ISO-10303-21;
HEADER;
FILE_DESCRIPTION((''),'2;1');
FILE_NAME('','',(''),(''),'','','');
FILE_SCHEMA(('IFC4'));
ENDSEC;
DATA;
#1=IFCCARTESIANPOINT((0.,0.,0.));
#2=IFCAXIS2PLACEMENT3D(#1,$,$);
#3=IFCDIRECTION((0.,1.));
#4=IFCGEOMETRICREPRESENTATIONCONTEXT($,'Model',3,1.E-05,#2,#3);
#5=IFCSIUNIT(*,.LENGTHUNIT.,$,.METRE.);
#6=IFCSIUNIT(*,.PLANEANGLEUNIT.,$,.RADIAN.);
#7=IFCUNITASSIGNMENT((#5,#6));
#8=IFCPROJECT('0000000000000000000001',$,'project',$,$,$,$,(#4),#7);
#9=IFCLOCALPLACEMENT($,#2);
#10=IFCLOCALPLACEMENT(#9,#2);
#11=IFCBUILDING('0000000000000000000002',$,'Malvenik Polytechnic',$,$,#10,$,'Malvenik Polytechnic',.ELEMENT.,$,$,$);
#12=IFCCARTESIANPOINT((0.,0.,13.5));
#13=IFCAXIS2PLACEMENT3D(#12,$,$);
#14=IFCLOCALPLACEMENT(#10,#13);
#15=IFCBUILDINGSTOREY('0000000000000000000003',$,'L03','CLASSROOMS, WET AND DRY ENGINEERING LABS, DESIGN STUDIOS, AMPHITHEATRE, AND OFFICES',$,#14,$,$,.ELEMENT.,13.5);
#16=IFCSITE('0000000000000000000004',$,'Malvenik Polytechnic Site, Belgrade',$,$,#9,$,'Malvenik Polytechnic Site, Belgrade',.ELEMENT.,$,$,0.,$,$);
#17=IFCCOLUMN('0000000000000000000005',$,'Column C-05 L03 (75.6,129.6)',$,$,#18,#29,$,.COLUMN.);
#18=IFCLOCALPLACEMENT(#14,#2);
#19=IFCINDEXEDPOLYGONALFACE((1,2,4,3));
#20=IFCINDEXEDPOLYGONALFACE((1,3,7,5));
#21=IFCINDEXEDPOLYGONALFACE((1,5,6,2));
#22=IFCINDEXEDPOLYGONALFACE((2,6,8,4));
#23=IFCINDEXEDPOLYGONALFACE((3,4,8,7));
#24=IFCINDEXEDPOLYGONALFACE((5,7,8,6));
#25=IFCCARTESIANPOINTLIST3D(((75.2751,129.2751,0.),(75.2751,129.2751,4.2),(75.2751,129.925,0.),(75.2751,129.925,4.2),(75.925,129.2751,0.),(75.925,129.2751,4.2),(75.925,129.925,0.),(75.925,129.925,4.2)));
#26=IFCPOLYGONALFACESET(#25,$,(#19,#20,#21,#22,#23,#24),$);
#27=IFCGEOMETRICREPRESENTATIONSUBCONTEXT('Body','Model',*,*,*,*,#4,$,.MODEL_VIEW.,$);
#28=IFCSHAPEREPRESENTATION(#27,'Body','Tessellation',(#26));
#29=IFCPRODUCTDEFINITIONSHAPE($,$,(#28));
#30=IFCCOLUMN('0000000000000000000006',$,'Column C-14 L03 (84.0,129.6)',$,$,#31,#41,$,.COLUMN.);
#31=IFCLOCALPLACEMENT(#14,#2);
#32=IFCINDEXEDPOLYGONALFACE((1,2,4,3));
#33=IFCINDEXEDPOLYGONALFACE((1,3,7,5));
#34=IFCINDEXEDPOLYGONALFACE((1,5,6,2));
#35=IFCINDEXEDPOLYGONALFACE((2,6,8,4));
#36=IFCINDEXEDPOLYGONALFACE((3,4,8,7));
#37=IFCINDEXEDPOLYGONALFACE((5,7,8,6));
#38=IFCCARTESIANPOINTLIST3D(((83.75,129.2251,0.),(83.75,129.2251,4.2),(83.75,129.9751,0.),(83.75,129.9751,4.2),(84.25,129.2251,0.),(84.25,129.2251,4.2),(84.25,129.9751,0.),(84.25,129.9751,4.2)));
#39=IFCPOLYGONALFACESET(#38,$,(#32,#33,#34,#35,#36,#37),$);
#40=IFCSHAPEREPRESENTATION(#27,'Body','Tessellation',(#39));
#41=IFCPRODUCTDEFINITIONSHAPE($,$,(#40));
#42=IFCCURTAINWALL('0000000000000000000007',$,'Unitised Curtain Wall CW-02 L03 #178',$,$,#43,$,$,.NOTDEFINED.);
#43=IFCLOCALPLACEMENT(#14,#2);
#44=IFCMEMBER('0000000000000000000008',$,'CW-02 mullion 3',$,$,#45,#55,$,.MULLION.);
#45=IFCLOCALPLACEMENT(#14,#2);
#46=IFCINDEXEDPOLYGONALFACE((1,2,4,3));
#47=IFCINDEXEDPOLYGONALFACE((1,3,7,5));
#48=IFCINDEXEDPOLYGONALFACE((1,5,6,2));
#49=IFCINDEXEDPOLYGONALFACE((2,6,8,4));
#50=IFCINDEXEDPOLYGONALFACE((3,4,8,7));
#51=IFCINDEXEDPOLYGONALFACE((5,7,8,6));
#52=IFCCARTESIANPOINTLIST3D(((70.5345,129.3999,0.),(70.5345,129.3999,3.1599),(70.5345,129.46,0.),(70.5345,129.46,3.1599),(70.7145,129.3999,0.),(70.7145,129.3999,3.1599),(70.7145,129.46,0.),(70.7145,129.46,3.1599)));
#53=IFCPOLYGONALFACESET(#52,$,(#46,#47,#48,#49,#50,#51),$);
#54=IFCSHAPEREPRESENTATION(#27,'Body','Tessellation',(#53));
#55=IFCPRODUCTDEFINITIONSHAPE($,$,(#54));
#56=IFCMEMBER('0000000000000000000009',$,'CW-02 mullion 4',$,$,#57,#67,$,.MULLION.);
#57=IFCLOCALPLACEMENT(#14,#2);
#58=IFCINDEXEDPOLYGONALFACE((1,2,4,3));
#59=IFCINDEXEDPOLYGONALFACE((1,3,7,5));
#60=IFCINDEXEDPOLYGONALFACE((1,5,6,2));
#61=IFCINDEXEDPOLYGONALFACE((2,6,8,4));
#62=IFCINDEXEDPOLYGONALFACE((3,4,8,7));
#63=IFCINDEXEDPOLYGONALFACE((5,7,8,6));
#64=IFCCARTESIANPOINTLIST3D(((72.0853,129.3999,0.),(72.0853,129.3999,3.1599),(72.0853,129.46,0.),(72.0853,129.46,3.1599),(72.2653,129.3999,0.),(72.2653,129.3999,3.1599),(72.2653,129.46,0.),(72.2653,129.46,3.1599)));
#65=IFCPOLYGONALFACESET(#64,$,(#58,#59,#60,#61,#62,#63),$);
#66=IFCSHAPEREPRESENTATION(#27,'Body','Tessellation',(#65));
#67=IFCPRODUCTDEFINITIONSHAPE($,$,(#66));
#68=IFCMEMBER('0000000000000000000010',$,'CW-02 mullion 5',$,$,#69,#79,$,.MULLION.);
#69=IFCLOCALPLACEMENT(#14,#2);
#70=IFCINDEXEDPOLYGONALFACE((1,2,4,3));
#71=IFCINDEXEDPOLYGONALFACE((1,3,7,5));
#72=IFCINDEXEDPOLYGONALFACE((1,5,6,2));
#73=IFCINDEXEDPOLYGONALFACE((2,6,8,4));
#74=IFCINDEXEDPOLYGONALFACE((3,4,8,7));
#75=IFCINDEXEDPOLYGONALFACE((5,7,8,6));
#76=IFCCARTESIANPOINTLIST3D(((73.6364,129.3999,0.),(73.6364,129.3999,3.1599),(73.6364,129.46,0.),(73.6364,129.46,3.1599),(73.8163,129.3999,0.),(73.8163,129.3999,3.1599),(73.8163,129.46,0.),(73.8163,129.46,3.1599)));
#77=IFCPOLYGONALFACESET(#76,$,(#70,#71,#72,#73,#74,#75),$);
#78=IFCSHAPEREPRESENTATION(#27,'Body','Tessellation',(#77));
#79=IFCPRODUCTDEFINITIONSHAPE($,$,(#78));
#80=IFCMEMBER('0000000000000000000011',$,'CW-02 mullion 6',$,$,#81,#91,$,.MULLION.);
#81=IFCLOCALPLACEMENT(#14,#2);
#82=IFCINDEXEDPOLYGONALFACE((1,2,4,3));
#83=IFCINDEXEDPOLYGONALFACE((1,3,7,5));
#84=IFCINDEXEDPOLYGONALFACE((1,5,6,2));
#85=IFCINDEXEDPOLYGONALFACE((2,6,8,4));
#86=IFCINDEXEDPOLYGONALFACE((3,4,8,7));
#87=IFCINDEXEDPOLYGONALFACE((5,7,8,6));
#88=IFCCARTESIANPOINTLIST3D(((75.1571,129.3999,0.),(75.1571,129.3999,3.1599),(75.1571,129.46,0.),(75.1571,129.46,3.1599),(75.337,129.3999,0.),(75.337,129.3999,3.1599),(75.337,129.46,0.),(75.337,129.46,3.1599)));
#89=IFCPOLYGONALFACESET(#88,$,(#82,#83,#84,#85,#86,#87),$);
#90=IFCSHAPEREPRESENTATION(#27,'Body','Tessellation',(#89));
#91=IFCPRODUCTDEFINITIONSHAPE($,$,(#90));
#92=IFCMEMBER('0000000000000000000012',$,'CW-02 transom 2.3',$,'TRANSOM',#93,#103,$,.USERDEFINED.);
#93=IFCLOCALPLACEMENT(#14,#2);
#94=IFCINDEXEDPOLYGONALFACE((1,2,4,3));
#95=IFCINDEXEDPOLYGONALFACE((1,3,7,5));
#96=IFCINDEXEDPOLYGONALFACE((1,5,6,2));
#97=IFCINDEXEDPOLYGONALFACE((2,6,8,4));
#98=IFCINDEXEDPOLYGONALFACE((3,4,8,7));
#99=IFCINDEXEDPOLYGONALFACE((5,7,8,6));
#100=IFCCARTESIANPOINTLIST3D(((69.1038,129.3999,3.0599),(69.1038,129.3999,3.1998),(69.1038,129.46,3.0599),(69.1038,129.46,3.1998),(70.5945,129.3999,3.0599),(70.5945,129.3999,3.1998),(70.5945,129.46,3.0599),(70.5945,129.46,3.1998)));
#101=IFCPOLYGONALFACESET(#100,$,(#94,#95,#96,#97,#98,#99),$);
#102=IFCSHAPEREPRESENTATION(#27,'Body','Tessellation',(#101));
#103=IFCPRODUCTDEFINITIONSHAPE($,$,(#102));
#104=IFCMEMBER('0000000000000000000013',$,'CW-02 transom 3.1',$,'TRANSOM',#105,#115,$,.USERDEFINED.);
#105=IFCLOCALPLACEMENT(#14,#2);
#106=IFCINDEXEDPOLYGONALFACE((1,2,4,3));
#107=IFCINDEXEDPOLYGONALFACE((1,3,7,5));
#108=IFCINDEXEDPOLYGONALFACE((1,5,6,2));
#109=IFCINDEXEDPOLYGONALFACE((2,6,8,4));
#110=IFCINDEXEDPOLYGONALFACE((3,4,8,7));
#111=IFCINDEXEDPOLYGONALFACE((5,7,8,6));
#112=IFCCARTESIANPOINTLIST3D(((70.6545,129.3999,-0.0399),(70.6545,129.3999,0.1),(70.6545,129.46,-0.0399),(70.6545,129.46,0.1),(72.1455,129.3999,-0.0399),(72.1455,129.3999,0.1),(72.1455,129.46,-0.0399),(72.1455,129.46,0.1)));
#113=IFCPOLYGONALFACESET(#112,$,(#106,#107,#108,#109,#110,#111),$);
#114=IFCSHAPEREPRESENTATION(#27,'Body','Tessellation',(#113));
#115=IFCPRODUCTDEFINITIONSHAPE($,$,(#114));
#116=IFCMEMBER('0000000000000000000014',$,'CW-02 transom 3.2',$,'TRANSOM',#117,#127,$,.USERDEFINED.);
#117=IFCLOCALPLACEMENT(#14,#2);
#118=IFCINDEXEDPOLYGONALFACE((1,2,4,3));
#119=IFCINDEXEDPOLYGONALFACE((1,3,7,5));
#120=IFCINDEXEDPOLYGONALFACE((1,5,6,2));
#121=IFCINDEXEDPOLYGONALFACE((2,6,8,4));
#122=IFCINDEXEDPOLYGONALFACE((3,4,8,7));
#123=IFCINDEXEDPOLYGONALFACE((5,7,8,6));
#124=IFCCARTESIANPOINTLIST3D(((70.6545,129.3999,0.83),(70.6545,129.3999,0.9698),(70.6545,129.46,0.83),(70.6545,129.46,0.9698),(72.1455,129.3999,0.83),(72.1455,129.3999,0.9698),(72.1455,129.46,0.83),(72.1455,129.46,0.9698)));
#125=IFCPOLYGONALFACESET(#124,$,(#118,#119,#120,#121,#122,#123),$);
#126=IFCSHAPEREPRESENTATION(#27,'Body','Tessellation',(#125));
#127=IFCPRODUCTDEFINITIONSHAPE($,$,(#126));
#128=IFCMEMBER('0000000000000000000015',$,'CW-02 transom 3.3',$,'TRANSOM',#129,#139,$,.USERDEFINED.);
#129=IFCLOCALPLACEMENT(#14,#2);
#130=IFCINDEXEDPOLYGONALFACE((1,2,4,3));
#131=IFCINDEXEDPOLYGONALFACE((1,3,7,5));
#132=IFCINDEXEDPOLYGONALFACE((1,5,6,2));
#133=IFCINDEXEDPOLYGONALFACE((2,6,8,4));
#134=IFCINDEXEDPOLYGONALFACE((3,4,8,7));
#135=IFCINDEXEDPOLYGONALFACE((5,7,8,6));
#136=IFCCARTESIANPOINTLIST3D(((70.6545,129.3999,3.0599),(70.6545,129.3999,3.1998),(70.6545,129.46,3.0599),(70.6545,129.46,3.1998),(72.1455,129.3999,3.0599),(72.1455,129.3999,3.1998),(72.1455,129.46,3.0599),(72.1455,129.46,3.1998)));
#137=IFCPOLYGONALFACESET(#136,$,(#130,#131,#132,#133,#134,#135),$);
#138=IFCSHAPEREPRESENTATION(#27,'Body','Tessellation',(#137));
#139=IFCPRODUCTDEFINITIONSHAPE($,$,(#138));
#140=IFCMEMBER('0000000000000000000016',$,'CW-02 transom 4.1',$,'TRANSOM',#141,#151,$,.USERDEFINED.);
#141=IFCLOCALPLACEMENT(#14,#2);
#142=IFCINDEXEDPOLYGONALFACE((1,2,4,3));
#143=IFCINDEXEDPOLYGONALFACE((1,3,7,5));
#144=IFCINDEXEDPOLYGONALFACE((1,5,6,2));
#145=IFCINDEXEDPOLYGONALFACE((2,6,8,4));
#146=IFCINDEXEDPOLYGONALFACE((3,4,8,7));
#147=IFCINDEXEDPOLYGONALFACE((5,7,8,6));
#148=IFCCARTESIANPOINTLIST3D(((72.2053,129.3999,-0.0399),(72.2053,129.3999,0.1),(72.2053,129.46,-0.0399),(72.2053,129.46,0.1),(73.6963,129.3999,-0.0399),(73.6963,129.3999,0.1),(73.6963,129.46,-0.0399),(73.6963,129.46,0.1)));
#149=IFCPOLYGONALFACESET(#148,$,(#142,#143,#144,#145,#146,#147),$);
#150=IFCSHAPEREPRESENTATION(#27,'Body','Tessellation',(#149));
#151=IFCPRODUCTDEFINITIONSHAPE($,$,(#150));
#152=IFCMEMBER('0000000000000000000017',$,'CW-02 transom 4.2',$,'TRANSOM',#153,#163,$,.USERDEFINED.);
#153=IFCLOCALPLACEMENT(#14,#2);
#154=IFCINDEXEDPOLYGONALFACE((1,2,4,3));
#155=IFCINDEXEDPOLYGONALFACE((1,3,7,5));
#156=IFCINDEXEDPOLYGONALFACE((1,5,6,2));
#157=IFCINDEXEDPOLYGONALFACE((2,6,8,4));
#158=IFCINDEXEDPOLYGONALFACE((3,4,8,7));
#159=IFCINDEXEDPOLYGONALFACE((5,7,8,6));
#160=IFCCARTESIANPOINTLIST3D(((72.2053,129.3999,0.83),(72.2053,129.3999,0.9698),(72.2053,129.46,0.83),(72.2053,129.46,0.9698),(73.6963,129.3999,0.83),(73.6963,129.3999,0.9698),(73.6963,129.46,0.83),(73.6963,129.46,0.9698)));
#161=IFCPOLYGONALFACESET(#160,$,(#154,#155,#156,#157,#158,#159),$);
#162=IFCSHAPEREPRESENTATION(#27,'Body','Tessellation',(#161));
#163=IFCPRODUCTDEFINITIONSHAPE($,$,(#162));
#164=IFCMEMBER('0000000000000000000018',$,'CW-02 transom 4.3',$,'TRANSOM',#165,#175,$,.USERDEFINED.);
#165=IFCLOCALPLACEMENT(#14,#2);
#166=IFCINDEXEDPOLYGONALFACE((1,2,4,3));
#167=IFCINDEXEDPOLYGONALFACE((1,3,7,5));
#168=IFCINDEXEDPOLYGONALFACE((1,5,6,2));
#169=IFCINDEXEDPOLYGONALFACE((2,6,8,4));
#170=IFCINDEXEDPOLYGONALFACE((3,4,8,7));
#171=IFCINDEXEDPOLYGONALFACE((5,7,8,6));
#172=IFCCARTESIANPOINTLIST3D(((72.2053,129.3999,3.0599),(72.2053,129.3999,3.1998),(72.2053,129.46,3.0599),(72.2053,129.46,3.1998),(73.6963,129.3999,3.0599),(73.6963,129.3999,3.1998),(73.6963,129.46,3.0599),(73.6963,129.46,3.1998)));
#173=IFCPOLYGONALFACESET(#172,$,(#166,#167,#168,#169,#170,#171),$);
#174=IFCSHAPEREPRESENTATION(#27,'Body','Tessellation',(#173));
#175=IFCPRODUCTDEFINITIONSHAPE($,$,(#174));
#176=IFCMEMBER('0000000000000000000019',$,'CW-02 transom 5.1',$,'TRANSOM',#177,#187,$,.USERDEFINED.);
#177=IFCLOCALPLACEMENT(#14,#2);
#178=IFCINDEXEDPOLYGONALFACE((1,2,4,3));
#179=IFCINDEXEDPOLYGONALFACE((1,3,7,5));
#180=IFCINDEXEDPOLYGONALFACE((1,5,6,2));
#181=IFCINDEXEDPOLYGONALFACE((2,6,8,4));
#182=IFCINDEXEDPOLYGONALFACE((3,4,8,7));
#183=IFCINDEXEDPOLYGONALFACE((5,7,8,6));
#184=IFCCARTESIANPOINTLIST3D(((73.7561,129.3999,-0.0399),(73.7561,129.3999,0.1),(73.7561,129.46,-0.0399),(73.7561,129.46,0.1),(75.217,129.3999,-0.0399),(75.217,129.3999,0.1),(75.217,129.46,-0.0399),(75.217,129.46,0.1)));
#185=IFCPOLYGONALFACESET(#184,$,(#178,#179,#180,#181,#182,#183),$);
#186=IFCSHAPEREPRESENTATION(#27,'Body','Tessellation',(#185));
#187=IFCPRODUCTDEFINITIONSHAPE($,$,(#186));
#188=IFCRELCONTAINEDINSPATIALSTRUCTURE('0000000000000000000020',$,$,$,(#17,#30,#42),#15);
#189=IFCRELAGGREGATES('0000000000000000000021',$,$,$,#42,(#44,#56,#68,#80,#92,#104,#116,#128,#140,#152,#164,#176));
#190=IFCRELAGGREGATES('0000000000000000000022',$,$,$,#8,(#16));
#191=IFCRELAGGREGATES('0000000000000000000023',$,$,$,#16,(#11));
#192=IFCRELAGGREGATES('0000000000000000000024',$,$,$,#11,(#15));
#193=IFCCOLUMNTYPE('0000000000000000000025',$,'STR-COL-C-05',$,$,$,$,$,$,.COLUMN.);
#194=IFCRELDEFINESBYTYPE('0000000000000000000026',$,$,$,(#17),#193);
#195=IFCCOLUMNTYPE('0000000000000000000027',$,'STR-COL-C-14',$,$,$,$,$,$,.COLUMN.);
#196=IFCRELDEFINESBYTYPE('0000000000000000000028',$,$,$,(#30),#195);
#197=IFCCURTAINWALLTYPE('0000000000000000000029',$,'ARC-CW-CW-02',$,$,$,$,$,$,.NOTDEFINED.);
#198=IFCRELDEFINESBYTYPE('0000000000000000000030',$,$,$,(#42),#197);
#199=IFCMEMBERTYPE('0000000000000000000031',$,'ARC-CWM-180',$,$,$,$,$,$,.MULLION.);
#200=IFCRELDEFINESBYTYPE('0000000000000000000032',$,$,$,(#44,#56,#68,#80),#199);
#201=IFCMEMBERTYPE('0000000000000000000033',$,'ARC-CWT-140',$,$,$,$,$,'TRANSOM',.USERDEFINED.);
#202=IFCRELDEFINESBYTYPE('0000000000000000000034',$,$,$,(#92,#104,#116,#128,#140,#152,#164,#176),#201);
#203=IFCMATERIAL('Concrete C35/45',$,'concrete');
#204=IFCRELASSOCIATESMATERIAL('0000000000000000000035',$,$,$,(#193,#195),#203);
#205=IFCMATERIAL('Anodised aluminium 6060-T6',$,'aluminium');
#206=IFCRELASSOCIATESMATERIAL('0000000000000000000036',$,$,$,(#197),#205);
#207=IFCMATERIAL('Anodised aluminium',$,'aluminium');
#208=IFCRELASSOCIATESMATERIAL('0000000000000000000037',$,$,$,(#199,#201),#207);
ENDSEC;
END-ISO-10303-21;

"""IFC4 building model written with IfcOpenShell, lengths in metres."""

from ifc_helpers import new_model, si_unit, direction, frame, origin, origin_2d, place, context, subcontext, project, spatial, rectangle, extrude, material, material_profile, profile_set, type_object, element, aggregate, save


model = new_model("IFC4")

# Units and contexts
model_context = context("Model", 3, precision=1e-05, world=origin(), true_north=direction((0.0, 1.0)))
body_context = subcontext(model_context, "Body", "Model", "MODEL_VIEW")
ifc_project = project(units=[si_unit("LENGTHUNIT", "METRE"), si_unit("PLANEANGLEUNIT", "RADIAN")], contexts=[model_context])

# Site, building, storey
site_placement = place(None, origin())
site = spatial("IfcSite", under=ifc_project, at=site_placement, Name="Malvenik Polytechnic Site, Belgrade", LongName="Malvenik Polytechnic Site, Belgrade", CompositionType="ELEMENT", RefElevation=0.0)
building_placement = place(site_placement, origin())
building = spatial("IfcBuilding", under=site, at=building_placement, Name="Malvenik Polytechnic", LongName="Malvenik Polytechnic", CompositionType="ELEMENT")
storey_placement = place(building_placement, frame((0.0, 0.0, 13.5)))
storey = spatial("IfcBuildingStorey", under=building, at=storey_placement, Name="L03", Description="CLASSROOMS, WET AND DRY ENGINEERING LABS, DESIGN STUDIOS, AMPHITHEATRE, AND OFFICES", CompositionType="ELEMENT", Elevation=13.5)

# Columns
ifc_material_1 = material(Name="Concrete C35/45", Category="concrete")
ifc_material_profile_1 = material_profile(ifc_material_1, rectangle(XDim=0.6499, YDim=0.6499, at=origin_2d()), Name="RC COL 650x650")
ifc_profile_set_1 = profile_set([ifc_material_profile_1], Name="Concrete C35/45")
column_type_1 = type_object("IfcColumnType", Name="STR-COL-C-05", PredefinedType="COLUMN", material=ifc_profile_set_1)
column_1_placement = place(storey_placement, frame((75.6001, 129.6001, 0.0), z_axis=(0.0, 0.0, 1.0), x_axis=(1.0, 0.0, 0.0)))
element("IfcColumn", 1, at=column_1_placement, inside=storey, type_object=column_type_1, Name="Column C-05 L03 (75.6,129.6)", PredefinedType="COLUMN", context=body_context, shape_type="SweptSolid", body=[
    extrude(rectangle(XDim=0.6499, YDim=0.6499, at=origin_2d()), origin(), (0.0, 0.0, 1.0), 4.2),
])
ifc_material_profile_2 = material_profile(ifc_material_1, rectangle(XDim=0.5, YDim=0.75, at=origin_2d()), Name="RC COL 750x500")
ifc_profile_set_2 = profile_set([ifc_material_profile_2], Name="Concrete C35/45")
column_type_2 = type_object("IfcColumnType", Name="STR-COL-C-14", PredefinedType="COLUMN", material=ifc_profile_set_2)
column_2_placement = place(storey_placement, frame((84.0, 129.6001, 0.0), z_axis=(0.0, 0.0, 1.0), x_axis=(1.0, 0.0, 0.0)))
element("IfcColumn", 2, at=column_2_placement, inside=storey, type_object=column_type_2, Name="Column C-14 L03 (84.0,129.6)", PredefinedType="COLUMN", context=body_context, shape_type="SweptSolid", body=[
    extrude(rectangle(XDim=0.5, YDim=0.75, at=origin_2d()), origin(), (0.0, 0.0, 1.0), 4.2),
])

# Curtain wall, members
ifc_material_2 = material(Name="Anodised aluminium 6060-T6", Category="aluminium")
curtain_wall_type = type_object("IfcCurtainWallType", Name="ARC-CW-CW-02", PredefinedType="NOTDEFINED", material=ifc_material_2)
curtain_wall_placement = place(storey_placement, origin())
curtain_wall = element("IfcCurtainWall", 3, at=curtain_wall_placement, inside=storey, type_object=curtain_wall_type, Name="Unitised Curtain Wall CW-02 L03 #178", PredefinedType="NOTDEFINED")
ifc_material_3 = material(Name="Anodised aluminium", Category="aluminium")
ifc_material_profile_3 = material_profile(ifc_material_3, rectangle(XDim=0.0601, YDim=0.1799, at=origin_2d()), Name="ALU MULLION 60x180")
ifc_profile_set_3 = profile_set([ifc_material_profile_3], Name="Anodised aluminium")
member_type_1 = type_object("IfcMemberType", Name="ARC-CWM-180", PredefinedType="MULLION", material=ifc_profile_set_3)
member_1_placement = place(storey_placement, frame((70.6245, 129.4299, 0.0), z_axis=(0.0, 0.0, 1.0), x_axis=(0.0, 1.0, 0.0)))
member_1 = element("IfcMember", 4, at=member_1_placement, type_object=member_type_1, Name="CW-02 mullion 3", PredefinedType="MULLION", context=body_context, shape_type="SweptSolid", body=[
    extrude(rectangle(XDim=0.0601, YDim=0.1799, at=origin_2d()), origin(), (0.0, 0.0, 1.0), 3.1599),
])
member_2_placement = place(storey_placement, frame((72.1753, 129.4299, 0.0), z_axis=(0.0, 0.0, 1.0), x_axis=(0.0, 1.0, 0.0)))
member_2 = element("IfcMember", 5, at=member_2_placement, type_object=member_type_1, Name="CW-02 mullion 4", PredefinedType="MULLION", context=body_context, shape_type="SweptSolid", body=[
    extrude(rectangle(XDim=0.0601, YDim=0.1799, at=origin_2d()), origin(), (0.0, 0.0, 1.0), 3.1599),
])
member_3_placement = place(storey_placement, frame((73.7263, 129.4299, 0.0), z_axis=(0.0, 0.0, 1.0), x_axis=(0.0, 1.0, 0.0)))
member_3 = element("IfcMember", 6, at=member_3_placement, type_object=member_type_1, Name="CW-02 mullion 5", PredefinedType="MULLION", context=body_context, shape_type="SweptSolid", body=[
    extrude(rectangle(XDim=0.0601, YDim=0.1799, at=origin_2d()), origin(), (0.0, 0.0, 1.0), 3.1599),
])
member_4_placement = place(storey_placement, frame((75.2471, 129.4299, 0.0), z_axis=(0.0, 0.0, 1.0), x_axis=(0.0, 1.0, 0.0)))
member_4 = element("IfcMember", 7, at=member_4_placement, type_object=member_type_1, Name="CW-02 mullion 6", PredefinedType="MULLION", context=body_context, shape_type="SweptSolid", body=[
    extrude(rectangle(XDim=0.0601, YDim=0.1799, at=origin_2d()), origin(), (0.0, 0.0, 1.0), 3.1599),
])
ifc_material_profile_4 = material_profile(ifc_material_3, rectangle(XDim=0.0601, YDim=0.1399, at=origin_2d()), Name="ALU TRANSOM 60x140")
ifc_profile_set_4 = profile_set([ifc_material_profile_4], Name="Anodised aluminium")
member_type_2 = type_object("IfcMemberType", Name="ARC-CWT-140", ElementType="TRANSOM", PredefinedType="USERDEFINED", material=ifc_profile_set_4)
member_5_placement = place(storey_placement, frame((69.1038, 129.4299, 3.1299), z_axis=(1.0, 0.0, 0.0), x_axis=(0.0, 1.0, 0.0)))
member_5 = element("IfcMember", 8, at=member_5_placement, type_object=member_type_2, Name="CW-02 transom 2.3", ObjectType="TRANSOM", PredefinedType="USERDEFINED", context=body_context, shape_type="SweptSolid", body=[
    extrude(rectangle(XDim=0.0601, YDim=0.1399, at=origin_2d()), origin(), (0.0, 0.0, 1.0), 1.4907),
])
member_6_placement = place(storey_placement, frame((70.6545, 129.4299, 0.03), z_axis=(1.0, 0.0, 0.0), x_axis=(0.0, 1.0, 0.0)))
member_6 = element("IfcMember", 9, at=member_6_placement, type_object=member_type_2, Name="CW-02 transom 3.1", ObjectType="TRANSOM", PredefinedType="USERDEFINED", context=body_context, shape_type="SweptSolid", body=[
    extrude(rectangle(XDim=0.0601, YDim=0.1399, at=origin_2d()), origin(), (0.0, 0.0, 1.0), 1.491),
])
member_7_placement = place(storey_placement, frame((70.6545, 129.4299, 0.8999), z_axis=(1.0, 0.0, 0.0), x_axis=(0.0, 1.0, 0.0)))
member_7 = element("IfcMember", 10, at=member_7_placement, type_object=member_type_2, Name="CW-02 transom 3.2", ObjectType="TRANSOM", PredefinedType="USERDEFINED", context=body_context, shape_type="SweptSolid", body=[
    extrude(rectangle(XDim=0.0601, YDim=0.1399, at=origin_2d()), origin(), (0.0, 0.0, 1.0), 1.491),
])
member_8_placement = place(storey_placement, frame((70.6545, 129.4299, 3.1299), z_axis=(1.0, 0.0, 0.0), x_axis=(0.0, 1.0, 0.0)))
member_8 = element("IfcMember", 11, at=member_8_placement, type_object=member_type_2, Name="CW-02 transom 3.3", ObjectType="TRANSOM", PredefinedType="USERDEFINED", context=body_context, shape_type="SweptSolid", body=[
    extrude(rectangle(XDim=0.0601, YDim=0.1399, at=origin_2d()), origin(), (0.0, 0.0, 1.0), 1.491),
])
member_9_placement = place(storey_placement, frame((72.2053, 129.4299, 0.03), z_axis=(1.0, 0.0, 0.0), x_axis=(0.0, 1.0, 0.0)))
member_9 = element("IfcMember", 12, at=member_9_placement, type_object=member_type_2, Name="CW-02 transom 4.1", ObjectType="TRANSOM", PredefinedType="USERDEFINED", context=body_context, shape_type="SweptSolid", body=[
    extrude(rectangle(XDim=0.0601, YDim=0.1399, at=origin_2d()), origin(), (0.0, 0.0, 1.0), 1.491),
])
member_10_placement = place(storey_placement, frame((72.2053, 129.4299, 0.8999), z_axis=(1.0, 0.0, 0.0), x_axis=(0.0, 1.0, 0.0)))
member_10 = element("IfcMember", 13, at=member_10_placement, type_object=member_type_2, Name="CW-02 transom 4.2", ObjectType="TRANSOM", PredefinedType="USERDEFINED", context=body_context, shape_type="SweptSolid", body=[
    extrude(rectangle(XDim=0.0601, YDim=0.1399, at=origin_2d()), origin(), (0.0, 0.0, 1.0), 1.491),
])
member_11_placement = place(storey_placement, frame((72.2053, 129.4299, 3.1299), z_axis=(1.0, 0.0, 0.0), x_axis=(0.0, 1.0, 0.0)))
member_11 = element("IfcMember", 14, at=member_11_placement, type_object=member_type_2, Name="CW-02 transom 4.3", ObjectType="TRANSOM", PredefinedType="USERDEFINED", context=body_context, shape_type="SweptSolid", body=[
    extrude(rectangle(XDim=0.0601, YDim=0.1399, at=origin_2d()), origin(), (0.0, 0.0, 1.0), 1.491),
])
member_12_placement = place(storey_placement, frame((73.7561, 129.4299, 0.03), z_axis=(1.0, 0.0, 0.0), x_axis=(0.0, 1.0, 0.0)))
member_12 = element("IfcMember", 15, at=member_12_placement, type_object=member_type_2, Name="CW-02 transom 5.1", ObjectType="TRANSOM", PredefinedType="USERDEFINED", context=body_context, shape_type="SweptSolid", body=[
    extrude(rectangle(XDim=0.0601, YDim=0.1399, at=origin_2d()), origin(), (0.0, 0.0, 1.0), 1.4609),
])

aggregate(curtain_wall, [member_1, member_2, member_3, member_4, member_5, member_6, member_7, member_8, member_9, member_10, member_11, member_12])

save(model, "model.ifc")
